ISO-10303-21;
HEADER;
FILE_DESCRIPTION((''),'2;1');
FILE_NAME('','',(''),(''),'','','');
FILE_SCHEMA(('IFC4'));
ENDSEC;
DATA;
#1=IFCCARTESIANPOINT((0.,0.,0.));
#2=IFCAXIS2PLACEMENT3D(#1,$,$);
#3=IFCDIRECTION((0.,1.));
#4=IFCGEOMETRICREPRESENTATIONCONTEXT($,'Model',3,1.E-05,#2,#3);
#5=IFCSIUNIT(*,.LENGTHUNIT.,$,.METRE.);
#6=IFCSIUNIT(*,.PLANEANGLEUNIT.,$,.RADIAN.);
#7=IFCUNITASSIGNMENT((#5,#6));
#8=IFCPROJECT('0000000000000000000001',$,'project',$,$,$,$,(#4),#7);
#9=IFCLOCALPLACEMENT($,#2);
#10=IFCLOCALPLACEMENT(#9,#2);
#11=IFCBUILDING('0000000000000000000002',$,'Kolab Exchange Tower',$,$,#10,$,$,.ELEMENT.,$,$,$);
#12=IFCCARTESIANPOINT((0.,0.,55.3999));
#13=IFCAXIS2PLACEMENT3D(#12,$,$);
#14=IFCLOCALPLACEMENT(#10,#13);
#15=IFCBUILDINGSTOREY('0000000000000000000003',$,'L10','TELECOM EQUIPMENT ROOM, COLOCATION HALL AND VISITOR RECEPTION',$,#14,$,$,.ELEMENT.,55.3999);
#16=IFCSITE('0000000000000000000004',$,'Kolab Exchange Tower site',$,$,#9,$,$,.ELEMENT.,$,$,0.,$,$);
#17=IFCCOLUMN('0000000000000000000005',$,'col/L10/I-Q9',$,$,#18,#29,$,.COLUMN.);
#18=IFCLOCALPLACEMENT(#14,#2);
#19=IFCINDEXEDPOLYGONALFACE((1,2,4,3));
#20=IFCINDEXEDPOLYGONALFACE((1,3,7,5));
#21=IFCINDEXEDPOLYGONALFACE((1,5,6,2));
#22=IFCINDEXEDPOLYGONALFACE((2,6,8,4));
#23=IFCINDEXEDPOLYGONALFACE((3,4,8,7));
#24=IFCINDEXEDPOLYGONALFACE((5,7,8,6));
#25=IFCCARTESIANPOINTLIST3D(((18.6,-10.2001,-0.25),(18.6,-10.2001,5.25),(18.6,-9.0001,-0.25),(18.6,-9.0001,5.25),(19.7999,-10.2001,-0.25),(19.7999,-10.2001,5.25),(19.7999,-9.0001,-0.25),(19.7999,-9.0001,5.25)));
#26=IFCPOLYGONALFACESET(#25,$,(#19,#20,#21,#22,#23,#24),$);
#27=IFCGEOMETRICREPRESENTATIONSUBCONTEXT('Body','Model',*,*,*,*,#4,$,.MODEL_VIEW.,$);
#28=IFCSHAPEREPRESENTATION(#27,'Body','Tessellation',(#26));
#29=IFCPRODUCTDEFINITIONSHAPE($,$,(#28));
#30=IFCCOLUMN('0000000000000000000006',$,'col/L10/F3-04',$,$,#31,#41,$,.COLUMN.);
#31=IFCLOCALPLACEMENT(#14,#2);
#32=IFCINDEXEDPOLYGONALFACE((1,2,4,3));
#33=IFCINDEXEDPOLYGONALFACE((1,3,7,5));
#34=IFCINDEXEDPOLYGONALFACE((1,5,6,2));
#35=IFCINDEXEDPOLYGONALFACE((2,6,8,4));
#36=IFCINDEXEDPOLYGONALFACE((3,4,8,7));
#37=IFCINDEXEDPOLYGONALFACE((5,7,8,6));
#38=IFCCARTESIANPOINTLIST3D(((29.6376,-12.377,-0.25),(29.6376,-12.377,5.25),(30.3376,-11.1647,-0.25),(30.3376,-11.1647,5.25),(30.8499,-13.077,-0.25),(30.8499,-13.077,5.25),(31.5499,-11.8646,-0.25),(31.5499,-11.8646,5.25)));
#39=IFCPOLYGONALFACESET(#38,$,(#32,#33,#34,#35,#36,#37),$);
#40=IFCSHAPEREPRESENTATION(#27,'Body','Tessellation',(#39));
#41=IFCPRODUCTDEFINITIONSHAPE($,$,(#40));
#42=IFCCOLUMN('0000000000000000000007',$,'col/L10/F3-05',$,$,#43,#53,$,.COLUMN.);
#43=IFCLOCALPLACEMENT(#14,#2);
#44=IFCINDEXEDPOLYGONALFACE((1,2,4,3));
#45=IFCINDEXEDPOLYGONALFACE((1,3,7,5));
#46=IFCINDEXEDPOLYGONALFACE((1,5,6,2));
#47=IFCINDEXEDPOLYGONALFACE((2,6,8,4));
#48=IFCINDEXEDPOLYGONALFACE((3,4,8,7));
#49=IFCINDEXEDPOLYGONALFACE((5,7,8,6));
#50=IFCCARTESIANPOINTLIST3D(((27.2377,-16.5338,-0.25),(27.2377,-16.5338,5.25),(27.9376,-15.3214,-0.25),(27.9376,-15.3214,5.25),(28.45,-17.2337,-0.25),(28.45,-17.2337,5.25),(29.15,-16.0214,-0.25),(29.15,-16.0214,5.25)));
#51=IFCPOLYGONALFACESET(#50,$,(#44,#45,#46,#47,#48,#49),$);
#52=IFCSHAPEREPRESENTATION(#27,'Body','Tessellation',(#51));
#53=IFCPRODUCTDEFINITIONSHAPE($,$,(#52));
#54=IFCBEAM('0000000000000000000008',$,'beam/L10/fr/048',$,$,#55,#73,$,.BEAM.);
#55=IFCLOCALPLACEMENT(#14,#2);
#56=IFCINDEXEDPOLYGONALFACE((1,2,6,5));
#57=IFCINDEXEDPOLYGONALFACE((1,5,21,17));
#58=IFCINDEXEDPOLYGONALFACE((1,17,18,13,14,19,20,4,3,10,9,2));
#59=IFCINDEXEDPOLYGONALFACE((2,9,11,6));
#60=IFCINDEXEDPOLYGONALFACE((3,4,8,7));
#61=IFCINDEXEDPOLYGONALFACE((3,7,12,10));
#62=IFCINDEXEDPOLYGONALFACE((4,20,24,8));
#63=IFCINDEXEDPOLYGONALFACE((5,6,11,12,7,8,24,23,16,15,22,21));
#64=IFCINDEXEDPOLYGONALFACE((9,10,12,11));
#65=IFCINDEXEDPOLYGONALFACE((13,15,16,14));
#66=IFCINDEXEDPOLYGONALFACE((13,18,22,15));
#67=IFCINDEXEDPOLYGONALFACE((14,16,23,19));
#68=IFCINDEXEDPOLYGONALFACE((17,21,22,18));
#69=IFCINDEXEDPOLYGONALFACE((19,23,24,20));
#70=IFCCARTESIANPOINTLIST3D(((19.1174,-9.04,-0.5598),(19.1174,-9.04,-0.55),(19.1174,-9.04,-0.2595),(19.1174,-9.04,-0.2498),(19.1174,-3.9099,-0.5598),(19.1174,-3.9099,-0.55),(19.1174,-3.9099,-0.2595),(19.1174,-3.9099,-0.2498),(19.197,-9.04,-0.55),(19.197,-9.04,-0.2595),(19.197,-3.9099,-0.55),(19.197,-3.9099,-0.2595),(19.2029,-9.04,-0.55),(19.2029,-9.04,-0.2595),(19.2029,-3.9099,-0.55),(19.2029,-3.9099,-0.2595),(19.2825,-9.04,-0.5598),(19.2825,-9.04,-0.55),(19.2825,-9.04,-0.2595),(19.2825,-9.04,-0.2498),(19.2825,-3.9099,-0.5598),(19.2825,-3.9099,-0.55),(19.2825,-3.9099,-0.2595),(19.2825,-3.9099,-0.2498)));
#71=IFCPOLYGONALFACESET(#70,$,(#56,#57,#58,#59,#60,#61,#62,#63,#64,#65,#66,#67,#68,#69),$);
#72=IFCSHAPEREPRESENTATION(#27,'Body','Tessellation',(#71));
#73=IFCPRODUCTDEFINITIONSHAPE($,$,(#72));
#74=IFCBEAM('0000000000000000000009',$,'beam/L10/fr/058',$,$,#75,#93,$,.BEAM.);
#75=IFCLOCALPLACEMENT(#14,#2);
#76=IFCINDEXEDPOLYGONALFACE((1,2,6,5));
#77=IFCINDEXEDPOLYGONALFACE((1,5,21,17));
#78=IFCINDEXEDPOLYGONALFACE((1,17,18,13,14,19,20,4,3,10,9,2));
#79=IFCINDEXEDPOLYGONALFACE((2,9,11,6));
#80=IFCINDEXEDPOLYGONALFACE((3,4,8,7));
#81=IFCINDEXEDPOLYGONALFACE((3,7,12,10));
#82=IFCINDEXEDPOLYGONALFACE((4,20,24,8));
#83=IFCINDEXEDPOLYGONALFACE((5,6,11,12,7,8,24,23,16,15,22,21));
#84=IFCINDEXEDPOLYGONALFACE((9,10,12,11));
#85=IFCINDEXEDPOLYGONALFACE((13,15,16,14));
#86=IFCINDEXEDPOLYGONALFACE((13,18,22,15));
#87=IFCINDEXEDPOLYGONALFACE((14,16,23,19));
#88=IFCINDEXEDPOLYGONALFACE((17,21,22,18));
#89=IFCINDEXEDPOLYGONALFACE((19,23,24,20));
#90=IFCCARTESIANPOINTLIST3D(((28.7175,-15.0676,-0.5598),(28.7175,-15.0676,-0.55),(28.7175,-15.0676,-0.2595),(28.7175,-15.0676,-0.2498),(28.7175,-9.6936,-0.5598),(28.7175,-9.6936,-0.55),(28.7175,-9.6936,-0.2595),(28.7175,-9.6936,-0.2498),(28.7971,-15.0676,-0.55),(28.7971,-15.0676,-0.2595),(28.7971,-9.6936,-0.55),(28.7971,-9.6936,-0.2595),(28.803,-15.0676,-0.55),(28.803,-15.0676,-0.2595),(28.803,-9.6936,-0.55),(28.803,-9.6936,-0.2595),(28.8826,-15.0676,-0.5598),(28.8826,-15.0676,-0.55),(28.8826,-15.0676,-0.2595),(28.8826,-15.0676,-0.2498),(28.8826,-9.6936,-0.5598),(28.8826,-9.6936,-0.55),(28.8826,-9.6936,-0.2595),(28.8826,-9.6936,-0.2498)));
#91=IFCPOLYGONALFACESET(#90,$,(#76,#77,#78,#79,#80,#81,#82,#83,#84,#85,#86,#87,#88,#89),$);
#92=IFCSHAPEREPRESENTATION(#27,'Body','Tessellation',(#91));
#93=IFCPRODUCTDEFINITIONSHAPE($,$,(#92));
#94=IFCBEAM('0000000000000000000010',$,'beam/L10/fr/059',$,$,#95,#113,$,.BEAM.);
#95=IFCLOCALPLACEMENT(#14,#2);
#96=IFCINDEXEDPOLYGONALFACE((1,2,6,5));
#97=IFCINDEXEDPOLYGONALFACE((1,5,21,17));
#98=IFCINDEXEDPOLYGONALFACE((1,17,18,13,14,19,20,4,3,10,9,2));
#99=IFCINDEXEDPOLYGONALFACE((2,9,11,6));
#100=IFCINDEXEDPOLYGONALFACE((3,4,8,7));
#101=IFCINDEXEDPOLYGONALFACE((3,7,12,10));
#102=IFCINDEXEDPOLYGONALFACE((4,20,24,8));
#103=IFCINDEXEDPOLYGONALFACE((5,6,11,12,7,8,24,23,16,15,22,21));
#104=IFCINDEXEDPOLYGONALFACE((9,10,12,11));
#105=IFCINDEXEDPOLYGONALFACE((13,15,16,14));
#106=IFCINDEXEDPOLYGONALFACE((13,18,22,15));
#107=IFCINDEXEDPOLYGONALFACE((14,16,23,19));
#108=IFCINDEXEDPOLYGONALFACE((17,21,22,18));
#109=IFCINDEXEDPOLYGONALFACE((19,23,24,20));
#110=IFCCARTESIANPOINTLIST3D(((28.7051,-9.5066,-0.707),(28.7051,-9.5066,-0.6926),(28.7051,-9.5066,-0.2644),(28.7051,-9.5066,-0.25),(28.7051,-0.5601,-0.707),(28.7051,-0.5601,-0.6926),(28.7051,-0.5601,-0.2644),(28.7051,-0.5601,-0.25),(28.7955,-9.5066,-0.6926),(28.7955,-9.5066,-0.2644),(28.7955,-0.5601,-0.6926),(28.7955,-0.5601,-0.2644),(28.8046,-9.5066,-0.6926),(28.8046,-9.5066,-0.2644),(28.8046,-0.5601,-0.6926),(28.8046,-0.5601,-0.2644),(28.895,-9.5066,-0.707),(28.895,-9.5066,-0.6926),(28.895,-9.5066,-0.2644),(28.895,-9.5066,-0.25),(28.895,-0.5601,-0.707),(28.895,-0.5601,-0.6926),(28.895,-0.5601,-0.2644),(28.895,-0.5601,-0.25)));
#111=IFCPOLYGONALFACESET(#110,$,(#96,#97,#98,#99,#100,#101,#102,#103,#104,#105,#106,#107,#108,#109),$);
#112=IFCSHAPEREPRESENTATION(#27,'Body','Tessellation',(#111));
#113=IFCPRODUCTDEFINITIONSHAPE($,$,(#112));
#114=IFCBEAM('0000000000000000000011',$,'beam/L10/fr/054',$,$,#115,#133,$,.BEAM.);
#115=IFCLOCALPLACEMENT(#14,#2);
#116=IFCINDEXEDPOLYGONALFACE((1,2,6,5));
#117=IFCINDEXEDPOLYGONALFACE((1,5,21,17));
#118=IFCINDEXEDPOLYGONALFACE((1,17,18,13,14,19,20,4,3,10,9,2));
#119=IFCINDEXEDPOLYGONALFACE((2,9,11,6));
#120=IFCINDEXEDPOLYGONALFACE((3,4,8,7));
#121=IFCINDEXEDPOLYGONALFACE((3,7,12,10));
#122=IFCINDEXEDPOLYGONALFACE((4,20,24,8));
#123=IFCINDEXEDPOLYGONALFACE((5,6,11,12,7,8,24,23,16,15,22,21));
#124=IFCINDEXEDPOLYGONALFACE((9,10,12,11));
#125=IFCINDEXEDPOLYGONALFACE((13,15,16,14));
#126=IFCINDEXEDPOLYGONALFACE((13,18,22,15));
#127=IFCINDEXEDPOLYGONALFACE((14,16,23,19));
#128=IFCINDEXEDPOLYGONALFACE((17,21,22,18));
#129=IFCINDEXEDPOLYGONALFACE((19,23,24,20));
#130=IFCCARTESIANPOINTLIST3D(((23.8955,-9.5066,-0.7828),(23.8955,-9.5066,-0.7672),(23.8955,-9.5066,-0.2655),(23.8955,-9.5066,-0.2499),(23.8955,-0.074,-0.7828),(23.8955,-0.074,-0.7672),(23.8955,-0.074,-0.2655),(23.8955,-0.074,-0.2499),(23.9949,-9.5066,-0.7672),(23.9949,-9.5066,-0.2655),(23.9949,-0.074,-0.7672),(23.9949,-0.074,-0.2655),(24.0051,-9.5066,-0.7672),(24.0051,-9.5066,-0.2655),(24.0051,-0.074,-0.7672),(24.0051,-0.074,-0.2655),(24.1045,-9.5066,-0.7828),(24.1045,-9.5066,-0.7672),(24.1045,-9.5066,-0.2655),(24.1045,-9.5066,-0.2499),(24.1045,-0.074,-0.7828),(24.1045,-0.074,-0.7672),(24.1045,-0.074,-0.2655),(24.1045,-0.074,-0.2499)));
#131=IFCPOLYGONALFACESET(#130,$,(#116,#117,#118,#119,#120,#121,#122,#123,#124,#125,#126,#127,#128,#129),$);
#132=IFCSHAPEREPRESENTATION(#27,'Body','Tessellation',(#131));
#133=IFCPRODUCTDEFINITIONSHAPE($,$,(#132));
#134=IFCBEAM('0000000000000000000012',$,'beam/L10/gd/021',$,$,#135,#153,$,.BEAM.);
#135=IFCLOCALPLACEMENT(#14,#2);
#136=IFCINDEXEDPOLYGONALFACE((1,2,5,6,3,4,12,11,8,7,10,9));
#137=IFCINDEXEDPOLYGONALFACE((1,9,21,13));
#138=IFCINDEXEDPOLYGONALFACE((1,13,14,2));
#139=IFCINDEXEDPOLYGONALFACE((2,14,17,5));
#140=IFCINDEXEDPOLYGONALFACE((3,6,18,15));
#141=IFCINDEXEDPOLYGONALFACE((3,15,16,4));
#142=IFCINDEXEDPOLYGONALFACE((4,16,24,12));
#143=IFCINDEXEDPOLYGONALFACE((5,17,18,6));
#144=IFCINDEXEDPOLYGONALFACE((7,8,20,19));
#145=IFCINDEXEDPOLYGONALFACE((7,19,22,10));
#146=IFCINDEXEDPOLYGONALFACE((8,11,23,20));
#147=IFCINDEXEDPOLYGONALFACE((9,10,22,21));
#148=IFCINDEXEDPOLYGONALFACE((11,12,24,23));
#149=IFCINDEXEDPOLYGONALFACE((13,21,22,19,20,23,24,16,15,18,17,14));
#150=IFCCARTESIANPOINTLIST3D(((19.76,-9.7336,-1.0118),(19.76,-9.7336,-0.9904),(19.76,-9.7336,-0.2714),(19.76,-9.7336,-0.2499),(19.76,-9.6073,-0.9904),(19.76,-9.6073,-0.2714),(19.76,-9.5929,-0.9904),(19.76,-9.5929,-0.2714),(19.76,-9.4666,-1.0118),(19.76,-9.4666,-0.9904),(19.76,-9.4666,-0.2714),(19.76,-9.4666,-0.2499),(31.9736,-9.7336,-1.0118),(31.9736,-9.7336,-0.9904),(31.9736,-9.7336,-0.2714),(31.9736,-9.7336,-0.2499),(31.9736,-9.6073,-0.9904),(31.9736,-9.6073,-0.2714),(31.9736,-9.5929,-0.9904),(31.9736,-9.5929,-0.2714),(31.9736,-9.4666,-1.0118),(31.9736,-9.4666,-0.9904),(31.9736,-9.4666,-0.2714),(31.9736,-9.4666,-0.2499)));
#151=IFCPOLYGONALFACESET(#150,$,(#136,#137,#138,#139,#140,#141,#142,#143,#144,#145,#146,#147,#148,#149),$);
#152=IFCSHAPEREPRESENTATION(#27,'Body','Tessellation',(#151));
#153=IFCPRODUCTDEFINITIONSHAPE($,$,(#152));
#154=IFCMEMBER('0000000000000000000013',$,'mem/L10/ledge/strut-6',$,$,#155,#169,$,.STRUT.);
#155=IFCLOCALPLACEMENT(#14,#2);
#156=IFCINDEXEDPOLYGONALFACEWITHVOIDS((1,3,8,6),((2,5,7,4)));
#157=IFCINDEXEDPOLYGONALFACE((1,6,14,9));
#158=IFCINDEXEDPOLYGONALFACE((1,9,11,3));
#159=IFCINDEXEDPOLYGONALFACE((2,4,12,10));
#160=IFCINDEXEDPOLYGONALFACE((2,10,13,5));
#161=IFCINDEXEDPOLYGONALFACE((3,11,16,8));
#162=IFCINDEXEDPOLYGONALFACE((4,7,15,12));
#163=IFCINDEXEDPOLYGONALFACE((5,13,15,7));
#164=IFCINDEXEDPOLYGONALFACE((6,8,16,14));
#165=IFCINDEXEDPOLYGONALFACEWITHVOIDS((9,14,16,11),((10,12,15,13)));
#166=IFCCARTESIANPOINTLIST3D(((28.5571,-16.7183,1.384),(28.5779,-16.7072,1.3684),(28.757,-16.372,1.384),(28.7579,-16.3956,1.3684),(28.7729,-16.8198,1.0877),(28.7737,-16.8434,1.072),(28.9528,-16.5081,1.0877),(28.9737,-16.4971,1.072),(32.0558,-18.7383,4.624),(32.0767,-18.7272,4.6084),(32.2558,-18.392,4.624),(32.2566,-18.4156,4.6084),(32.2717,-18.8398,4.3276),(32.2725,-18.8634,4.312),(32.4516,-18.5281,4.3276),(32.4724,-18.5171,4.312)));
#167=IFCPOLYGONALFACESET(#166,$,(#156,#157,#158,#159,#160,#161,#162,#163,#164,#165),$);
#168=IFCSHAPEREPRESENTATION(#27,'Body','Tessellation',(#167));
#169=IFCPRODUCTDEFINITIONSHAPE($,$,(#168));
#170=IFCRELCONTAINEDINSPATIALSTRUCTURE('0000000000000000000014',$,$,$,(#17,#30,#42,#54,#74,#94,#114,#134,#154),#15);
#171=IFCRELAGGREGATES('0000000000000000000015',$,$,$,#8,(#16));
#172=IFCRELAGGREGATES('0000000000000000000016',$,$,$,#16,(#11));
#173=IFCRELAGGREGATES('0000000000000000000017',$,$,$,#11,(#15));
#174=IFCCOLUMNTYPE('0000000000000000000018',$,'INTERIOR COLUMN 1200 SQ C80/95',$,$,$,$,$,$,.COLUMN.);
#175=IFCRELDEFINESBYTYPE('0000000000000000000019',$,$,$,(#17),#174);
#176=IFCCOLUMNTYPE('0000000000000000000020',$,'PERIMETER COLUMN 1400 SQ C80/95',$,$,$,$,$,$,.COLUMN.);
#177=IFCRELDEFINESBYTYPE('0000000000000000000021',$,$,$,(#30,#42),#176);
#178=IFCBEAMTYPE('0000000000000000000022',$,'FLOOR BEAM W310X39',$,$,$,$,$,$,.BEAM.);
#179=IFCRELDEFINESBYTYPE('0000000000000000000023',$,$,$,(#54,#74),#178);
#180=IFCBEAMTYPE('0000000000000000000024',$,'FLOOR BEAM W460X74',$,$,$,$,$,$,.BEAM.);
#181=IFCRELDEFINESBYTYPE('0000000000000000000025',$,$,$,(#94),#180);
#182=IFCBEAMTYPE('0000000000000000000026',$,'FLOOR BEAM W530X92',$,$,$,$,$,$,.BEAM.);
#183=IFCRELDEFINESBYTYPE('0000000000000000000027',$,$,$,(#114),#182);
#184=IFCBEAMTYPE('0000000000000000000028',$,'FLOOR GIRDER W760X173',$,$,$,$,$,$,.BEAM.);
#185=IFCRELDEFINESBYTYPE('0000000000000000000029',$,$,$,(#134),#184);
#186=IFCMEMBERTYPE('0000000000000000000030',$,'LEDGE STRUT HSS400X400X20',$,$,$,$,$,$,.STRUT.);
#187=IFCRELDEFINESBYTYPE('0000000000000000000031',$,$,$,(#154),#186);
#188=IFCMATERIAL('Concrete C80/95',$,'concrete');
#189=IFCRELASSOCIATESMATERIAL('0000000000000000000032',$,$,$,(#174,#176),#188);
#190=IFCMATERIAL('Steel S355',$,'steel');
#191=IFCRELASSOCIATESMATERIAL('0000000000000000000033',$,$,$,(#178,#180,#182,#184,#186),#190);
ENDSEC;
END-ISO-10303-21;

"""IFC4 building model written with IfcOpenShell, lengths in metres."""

from ifc_helpers import new_model, si_unit, direction, frame, origin, origin_2d, place, context, subcontext, project, spatial, rectangle, hollow_rectangle, i_section, extrude, material, material_profile, profile_set, type_object, element, save


model = new_model("IFC4")

# Units and contexts
model_context = context("Model", 3, precision=1e-05, world=origin(), true_north=direction((0.0, 1.0)))
body_context = subcontext(model_context, "Body", "Model", "MODEL_VIEW")
ifc_project = project(units=[si_unit("LENGTHUNIT", "METRE"), si_unit("PLANEANGLEUNIT", "RADIAN")], contexts=[model_context])

# Site, building, storey
site_placement = place(None, origin())
site = spatial("IfcSite", under=ifc_project, at=site_placement, Name="Kolab Exchange Tower site", CompositionType="ELEMENT", RefElevation=0.0)
building_placement = place(site_placement, origin())
building = spatial("IfcBuilding", under=site, at=building_placement, Name="Kolab Exchange Tower", CompositionType="ELEMENT")
storey_placement = place(building_placement, frame((0.0, 0.0, 55.3999)))
storey = spatial("IfcBuildingStorey", under=building, at=storey_placement, Name="L10", Description="TELECOM EQUIPMENT ROOM, COLOCATION HALL AND VISITOR RECEPTION", CompositionType="ELEMENT", Elevation=55.3999)

# Columns
ifc_material_1 = material(Name="Concrete C80/95", Category="concrete")
ifc_material_profile_1 = material_profile(ifc_material_1, rectangle(XDim=1.2, YDim=1.2, at=origin_2d()), Name="RC1200")
ifc_profile_set_1 = profile_set([ifc_material_profile_1], Name="Concrete C80/95")
column_type_1 = type_object("IfcColumnType", Name="INTERIOR COLUMN 1200 SQ C80/95", PredefinedType="COLUMN", material=ifc_profile_set_1)
column_placement = place(storey_placement, frame((19.2, -9.6001, -0.25), z_axis=(0.0, 0.0, 1.0), x_axis=(1.0, 0.0, 0.0)))
element("IfcColumn", 1, at=column_placement, inside=storey, type_object=column_type_1, Name="col/L10/I-Q9", PredefinedType="COLUMN", context=body_context, shape_type="SweptSolid", body=[
    extrude(rectangle(XDim=1.2, YDim=1.2, at=origin_2d()), origin(), (0.0, 0.0, 1.0), 5.5),
])
ifc_material_profile_2 = material_profile(ifc_material_1, rectangle(XDim=1.3999, YDim=1.3999, at=origin_2d()), Name="RC1400")
ifc_profile_set_2 = profile_set([ifc_material_profile_2], Name="Concrete C80/95")
column_type_2 = type_object("IfcColumnType", Name="PERIMETER COLUMN 1400 SQ C80/95", PredefinedType="COLUMN", material=ifc_profile_set_2)
for number, where, z_axis, x_axis, name in (
    (2, (30.5938, -12.1208, -0.25), (0.0, 0.0, 1.0), (0.5, 0.866025, 0.0), "col/L10/F3-04"),
    (3, (28.1938, -16.2776, -0.25), (0.0, 0.0, 1.0), (0.5, 0.866025, 0.0), "col/L10/F3-05"),
):
    element("IfcColumn", number, at=place(storey_placement, frame(where, z_axis=z_axis, x_axis=x_axis)), inside=storey, type_object=column_type_2, Name=name, PredefinedType="COLUMN", context=body_context, shape_type="SweptSolid", body=[
        extrude(rectangle(XDim=1.3999, YDim=1.3999, at=origin_2d()), origin(), (0.0, 0.0, 1.0), 5.5),
    ])

# Beams
ifc_material_2 = material(Name="Steel S355", Category="steel")
ifc_material_profile_3 = material_profile(ifc_material_2, i_section(OverallWidth=0.165, OverallDepth=0.3101, WebThickness=0.0059, FlangeThickness=0.0098, at=origin_2d()), Name="W310X39")
ifc_profile_set_3 = profile_set([ifc_material_profile_3], Name="Steel S355")
beam_type_1 = type_object("IfcBeamType", Name="FLOOR BEAM W310X39", PredefinedType="BEAM", material=ifc_profile_set_3)
beam_1_placement = place(storey_placement, frame((19.2, -9.04, -0.4048), z_axis=(0.0, 1.0, 0.0), x_axis=(-1.0, 0.0, 0.0)))
element("IfcBeam", 4, at=beam_1_placement, inside=storey, type_object=beam_type_1, Name="beam/L10/fr/048", PredefinedType="BEAM", context=body_context, shape_type="SweptSolid", body=[
    extrude(i_section(OverallWidth=0.165, OverallDepth=0.3101, WebThickness=0.0059, FlangeThickness=0.0098, at=origin_2d()), origin(), (0.0, 0.0, 1.0), 5.1301),
])
beam_2_placement = place(storey_placement, frame((28.8, -15.0676, -0.4048), z_axis=(0.0, 1.0, 0.0), x_axis=(-1.0, 0.0, 0.0)))
element("IfcBeam", 5, at=beam_2_placement, inside=storey, type_object=beam_type_1, Name="beam/L10/fr/058", PredefinedType="BEAM", context=body_context, shape_type="SweptSolid", body=[
    extrude(i_section(OverallWidth=0.165, OverallDepth=0.3101, WebThickness=0.0059, FlangeThickness=0.0098, at=origin_2d()), origin(), (0.0, 0.0, 1.0), 5.374),
])
ifc_material_profile_4 = material_profile(ifc_material_2, i_section(OverallWidth=0.1899, OverallDepth=0.457, WebThickness=0.009, FlangeThickness=0.0144, at=origin_2d()), Name="W460X74")
ifc_profile_set_4 = profile_set([ifc_material_profile_4], Name="Steel S355")
beam_type_2 = type_object("IfcBeamType", Name="FLOOR BEAM W460X74", PredefinedType="BEAM", material=ifc_profile_set_4)
beam_3_placement = place(storey_placement, frame((28.8, -9.5066, -0.4785), z_axis=(0.0, 1.0, 0.0), x_axis=(-1.0, 0.0, 0.0)))
element("IfcBeam", 6, at=beam_3_placement, inside=storey, type_object=beam_type_2, Name="beam/L10/fr/059", PredefinedType="BEAM", context=body_context, shape_type="SweptSolid", body=[
    extrude(i_section(OverallWidth=0.1899, OverallDepth=0.457, WebThickness=0.009, FlangeThickness=0.0144, at=origin_2d()), origin(), (0.0, 0.0, 1.0), 8.9465),
])
ifc_material_profile_5 = material_profile(ifc_material_2, i_section(OverallWidth=0.209, OverallDepth=0.533, WebThickness=0.0103, FlangeThickness=0.0156, at=origin_2d()), Name="W530X92")
ifc_profile_set_5 = profile_set([ifc_material_profile_5], Name="Steel S355")
beam_type_3 = type_object("IfcBeamType", Name="FLOOR BEAM W530X92", PredefinedType="BEAM", material=ifc_profile_set_5)
beam_4_placement = place(storey_placement, frame((24.0, -9.5066, -0.5164), z_axis=(0.0, 1.0, 0.0), x_axis=(-1.0, 0.0, 0.0)))
element("IfcBeam", 7, at=beam_4_placement, inside=storey, type_object=beam_type_3, Name="beam/L10/fr/054", PredefinedType="BEAM", context=body_context, shape_type="SweptSolid", body=[
    extrude(i_section(OverallWidth=0.209, OverallDepth=0.533, WebThickness=0.0103, FlangeThickness=0.0156, at=origin_2d()), origin(), (0.0, 0.0, 1.0), 9.4326),
])
ifc_material_profile_6 = material_profile(ifc_material_2, i_section(OverallWidth=0.2671, OverallDepth=0.762, WebThickness=0.0144, FlangeThickness=0.0215, at=origin_2d()), Name="W760X173")
ifc_profile_set_6 = profile_set([ifc_material_profile_6], Name="Steel S355")
beam_type_4 = type_object("IfcBeamType", Name="FLOOR GIRDER W760X173", PredefinedType="BEAM", material=ifc_profile_set_6)
beam_5_placement = place(storey_placement, frame((19.76, -9.6001, -0.6309), z_axis=(1.0, 0.0, 0.0), x_axis=(0.0, 1.0, 0.0)))
element("IfcBeam", 8, at=beam_5_placement, inside=storey, type_object=beam_type_4, Name="beam/L10/gd/021", PredefinedType="BEAM", context=body_context, shape_type="SweptSolid", body=[
    extrude(i_section(OverallWidth=0.2671, OverallDepth=0.762, WebThickness=0.0144, FlangeThickness=0.0215, at=origin_2d()), origin(), (0.0, 0.0, 1.0), 12.2136),
])

# Member
ifc_material_profile_7 = material_profile(ifc_material_2, hollow_rectangle(XDim=0.3999, YDim=0.3999, WallThickness=0.02, at=origin_2d()), Name="HSS400X400X20")
ifc_profile_set_7 = profile_set([ifc_material_profile_7], Name="Steel S355")
member_type_1 = type_object("IfcMemberType", Name="LEDGE STRUT HSS400X400X20", PredefinedType="STRUT", material=ifc_profile_set_7)
member_1_placement = place(storey_placement, frame((28.7654, -16.6077, 1.228), z_axis=(0.675603, -0.390059, 0.625631), x_axis=(0.5, 0.866026, 0.0)))
element("IfcMember", 9, at=member_1_placement, inside=storey, type_object=member_type_1, Name="mem/L10/ledge/strut-6", PredefinedType="STRUT", context=body_context, shape_type="SweptSolid", body=[
    extrude(hollow_rectangle(XDim=0.3999, YDim=0.3999, WallThickness=0.02, at=origin_2d()), origin(), (0.0, 0.0, 1.0), 5.1787),
])

save(model, "model.ifc")
